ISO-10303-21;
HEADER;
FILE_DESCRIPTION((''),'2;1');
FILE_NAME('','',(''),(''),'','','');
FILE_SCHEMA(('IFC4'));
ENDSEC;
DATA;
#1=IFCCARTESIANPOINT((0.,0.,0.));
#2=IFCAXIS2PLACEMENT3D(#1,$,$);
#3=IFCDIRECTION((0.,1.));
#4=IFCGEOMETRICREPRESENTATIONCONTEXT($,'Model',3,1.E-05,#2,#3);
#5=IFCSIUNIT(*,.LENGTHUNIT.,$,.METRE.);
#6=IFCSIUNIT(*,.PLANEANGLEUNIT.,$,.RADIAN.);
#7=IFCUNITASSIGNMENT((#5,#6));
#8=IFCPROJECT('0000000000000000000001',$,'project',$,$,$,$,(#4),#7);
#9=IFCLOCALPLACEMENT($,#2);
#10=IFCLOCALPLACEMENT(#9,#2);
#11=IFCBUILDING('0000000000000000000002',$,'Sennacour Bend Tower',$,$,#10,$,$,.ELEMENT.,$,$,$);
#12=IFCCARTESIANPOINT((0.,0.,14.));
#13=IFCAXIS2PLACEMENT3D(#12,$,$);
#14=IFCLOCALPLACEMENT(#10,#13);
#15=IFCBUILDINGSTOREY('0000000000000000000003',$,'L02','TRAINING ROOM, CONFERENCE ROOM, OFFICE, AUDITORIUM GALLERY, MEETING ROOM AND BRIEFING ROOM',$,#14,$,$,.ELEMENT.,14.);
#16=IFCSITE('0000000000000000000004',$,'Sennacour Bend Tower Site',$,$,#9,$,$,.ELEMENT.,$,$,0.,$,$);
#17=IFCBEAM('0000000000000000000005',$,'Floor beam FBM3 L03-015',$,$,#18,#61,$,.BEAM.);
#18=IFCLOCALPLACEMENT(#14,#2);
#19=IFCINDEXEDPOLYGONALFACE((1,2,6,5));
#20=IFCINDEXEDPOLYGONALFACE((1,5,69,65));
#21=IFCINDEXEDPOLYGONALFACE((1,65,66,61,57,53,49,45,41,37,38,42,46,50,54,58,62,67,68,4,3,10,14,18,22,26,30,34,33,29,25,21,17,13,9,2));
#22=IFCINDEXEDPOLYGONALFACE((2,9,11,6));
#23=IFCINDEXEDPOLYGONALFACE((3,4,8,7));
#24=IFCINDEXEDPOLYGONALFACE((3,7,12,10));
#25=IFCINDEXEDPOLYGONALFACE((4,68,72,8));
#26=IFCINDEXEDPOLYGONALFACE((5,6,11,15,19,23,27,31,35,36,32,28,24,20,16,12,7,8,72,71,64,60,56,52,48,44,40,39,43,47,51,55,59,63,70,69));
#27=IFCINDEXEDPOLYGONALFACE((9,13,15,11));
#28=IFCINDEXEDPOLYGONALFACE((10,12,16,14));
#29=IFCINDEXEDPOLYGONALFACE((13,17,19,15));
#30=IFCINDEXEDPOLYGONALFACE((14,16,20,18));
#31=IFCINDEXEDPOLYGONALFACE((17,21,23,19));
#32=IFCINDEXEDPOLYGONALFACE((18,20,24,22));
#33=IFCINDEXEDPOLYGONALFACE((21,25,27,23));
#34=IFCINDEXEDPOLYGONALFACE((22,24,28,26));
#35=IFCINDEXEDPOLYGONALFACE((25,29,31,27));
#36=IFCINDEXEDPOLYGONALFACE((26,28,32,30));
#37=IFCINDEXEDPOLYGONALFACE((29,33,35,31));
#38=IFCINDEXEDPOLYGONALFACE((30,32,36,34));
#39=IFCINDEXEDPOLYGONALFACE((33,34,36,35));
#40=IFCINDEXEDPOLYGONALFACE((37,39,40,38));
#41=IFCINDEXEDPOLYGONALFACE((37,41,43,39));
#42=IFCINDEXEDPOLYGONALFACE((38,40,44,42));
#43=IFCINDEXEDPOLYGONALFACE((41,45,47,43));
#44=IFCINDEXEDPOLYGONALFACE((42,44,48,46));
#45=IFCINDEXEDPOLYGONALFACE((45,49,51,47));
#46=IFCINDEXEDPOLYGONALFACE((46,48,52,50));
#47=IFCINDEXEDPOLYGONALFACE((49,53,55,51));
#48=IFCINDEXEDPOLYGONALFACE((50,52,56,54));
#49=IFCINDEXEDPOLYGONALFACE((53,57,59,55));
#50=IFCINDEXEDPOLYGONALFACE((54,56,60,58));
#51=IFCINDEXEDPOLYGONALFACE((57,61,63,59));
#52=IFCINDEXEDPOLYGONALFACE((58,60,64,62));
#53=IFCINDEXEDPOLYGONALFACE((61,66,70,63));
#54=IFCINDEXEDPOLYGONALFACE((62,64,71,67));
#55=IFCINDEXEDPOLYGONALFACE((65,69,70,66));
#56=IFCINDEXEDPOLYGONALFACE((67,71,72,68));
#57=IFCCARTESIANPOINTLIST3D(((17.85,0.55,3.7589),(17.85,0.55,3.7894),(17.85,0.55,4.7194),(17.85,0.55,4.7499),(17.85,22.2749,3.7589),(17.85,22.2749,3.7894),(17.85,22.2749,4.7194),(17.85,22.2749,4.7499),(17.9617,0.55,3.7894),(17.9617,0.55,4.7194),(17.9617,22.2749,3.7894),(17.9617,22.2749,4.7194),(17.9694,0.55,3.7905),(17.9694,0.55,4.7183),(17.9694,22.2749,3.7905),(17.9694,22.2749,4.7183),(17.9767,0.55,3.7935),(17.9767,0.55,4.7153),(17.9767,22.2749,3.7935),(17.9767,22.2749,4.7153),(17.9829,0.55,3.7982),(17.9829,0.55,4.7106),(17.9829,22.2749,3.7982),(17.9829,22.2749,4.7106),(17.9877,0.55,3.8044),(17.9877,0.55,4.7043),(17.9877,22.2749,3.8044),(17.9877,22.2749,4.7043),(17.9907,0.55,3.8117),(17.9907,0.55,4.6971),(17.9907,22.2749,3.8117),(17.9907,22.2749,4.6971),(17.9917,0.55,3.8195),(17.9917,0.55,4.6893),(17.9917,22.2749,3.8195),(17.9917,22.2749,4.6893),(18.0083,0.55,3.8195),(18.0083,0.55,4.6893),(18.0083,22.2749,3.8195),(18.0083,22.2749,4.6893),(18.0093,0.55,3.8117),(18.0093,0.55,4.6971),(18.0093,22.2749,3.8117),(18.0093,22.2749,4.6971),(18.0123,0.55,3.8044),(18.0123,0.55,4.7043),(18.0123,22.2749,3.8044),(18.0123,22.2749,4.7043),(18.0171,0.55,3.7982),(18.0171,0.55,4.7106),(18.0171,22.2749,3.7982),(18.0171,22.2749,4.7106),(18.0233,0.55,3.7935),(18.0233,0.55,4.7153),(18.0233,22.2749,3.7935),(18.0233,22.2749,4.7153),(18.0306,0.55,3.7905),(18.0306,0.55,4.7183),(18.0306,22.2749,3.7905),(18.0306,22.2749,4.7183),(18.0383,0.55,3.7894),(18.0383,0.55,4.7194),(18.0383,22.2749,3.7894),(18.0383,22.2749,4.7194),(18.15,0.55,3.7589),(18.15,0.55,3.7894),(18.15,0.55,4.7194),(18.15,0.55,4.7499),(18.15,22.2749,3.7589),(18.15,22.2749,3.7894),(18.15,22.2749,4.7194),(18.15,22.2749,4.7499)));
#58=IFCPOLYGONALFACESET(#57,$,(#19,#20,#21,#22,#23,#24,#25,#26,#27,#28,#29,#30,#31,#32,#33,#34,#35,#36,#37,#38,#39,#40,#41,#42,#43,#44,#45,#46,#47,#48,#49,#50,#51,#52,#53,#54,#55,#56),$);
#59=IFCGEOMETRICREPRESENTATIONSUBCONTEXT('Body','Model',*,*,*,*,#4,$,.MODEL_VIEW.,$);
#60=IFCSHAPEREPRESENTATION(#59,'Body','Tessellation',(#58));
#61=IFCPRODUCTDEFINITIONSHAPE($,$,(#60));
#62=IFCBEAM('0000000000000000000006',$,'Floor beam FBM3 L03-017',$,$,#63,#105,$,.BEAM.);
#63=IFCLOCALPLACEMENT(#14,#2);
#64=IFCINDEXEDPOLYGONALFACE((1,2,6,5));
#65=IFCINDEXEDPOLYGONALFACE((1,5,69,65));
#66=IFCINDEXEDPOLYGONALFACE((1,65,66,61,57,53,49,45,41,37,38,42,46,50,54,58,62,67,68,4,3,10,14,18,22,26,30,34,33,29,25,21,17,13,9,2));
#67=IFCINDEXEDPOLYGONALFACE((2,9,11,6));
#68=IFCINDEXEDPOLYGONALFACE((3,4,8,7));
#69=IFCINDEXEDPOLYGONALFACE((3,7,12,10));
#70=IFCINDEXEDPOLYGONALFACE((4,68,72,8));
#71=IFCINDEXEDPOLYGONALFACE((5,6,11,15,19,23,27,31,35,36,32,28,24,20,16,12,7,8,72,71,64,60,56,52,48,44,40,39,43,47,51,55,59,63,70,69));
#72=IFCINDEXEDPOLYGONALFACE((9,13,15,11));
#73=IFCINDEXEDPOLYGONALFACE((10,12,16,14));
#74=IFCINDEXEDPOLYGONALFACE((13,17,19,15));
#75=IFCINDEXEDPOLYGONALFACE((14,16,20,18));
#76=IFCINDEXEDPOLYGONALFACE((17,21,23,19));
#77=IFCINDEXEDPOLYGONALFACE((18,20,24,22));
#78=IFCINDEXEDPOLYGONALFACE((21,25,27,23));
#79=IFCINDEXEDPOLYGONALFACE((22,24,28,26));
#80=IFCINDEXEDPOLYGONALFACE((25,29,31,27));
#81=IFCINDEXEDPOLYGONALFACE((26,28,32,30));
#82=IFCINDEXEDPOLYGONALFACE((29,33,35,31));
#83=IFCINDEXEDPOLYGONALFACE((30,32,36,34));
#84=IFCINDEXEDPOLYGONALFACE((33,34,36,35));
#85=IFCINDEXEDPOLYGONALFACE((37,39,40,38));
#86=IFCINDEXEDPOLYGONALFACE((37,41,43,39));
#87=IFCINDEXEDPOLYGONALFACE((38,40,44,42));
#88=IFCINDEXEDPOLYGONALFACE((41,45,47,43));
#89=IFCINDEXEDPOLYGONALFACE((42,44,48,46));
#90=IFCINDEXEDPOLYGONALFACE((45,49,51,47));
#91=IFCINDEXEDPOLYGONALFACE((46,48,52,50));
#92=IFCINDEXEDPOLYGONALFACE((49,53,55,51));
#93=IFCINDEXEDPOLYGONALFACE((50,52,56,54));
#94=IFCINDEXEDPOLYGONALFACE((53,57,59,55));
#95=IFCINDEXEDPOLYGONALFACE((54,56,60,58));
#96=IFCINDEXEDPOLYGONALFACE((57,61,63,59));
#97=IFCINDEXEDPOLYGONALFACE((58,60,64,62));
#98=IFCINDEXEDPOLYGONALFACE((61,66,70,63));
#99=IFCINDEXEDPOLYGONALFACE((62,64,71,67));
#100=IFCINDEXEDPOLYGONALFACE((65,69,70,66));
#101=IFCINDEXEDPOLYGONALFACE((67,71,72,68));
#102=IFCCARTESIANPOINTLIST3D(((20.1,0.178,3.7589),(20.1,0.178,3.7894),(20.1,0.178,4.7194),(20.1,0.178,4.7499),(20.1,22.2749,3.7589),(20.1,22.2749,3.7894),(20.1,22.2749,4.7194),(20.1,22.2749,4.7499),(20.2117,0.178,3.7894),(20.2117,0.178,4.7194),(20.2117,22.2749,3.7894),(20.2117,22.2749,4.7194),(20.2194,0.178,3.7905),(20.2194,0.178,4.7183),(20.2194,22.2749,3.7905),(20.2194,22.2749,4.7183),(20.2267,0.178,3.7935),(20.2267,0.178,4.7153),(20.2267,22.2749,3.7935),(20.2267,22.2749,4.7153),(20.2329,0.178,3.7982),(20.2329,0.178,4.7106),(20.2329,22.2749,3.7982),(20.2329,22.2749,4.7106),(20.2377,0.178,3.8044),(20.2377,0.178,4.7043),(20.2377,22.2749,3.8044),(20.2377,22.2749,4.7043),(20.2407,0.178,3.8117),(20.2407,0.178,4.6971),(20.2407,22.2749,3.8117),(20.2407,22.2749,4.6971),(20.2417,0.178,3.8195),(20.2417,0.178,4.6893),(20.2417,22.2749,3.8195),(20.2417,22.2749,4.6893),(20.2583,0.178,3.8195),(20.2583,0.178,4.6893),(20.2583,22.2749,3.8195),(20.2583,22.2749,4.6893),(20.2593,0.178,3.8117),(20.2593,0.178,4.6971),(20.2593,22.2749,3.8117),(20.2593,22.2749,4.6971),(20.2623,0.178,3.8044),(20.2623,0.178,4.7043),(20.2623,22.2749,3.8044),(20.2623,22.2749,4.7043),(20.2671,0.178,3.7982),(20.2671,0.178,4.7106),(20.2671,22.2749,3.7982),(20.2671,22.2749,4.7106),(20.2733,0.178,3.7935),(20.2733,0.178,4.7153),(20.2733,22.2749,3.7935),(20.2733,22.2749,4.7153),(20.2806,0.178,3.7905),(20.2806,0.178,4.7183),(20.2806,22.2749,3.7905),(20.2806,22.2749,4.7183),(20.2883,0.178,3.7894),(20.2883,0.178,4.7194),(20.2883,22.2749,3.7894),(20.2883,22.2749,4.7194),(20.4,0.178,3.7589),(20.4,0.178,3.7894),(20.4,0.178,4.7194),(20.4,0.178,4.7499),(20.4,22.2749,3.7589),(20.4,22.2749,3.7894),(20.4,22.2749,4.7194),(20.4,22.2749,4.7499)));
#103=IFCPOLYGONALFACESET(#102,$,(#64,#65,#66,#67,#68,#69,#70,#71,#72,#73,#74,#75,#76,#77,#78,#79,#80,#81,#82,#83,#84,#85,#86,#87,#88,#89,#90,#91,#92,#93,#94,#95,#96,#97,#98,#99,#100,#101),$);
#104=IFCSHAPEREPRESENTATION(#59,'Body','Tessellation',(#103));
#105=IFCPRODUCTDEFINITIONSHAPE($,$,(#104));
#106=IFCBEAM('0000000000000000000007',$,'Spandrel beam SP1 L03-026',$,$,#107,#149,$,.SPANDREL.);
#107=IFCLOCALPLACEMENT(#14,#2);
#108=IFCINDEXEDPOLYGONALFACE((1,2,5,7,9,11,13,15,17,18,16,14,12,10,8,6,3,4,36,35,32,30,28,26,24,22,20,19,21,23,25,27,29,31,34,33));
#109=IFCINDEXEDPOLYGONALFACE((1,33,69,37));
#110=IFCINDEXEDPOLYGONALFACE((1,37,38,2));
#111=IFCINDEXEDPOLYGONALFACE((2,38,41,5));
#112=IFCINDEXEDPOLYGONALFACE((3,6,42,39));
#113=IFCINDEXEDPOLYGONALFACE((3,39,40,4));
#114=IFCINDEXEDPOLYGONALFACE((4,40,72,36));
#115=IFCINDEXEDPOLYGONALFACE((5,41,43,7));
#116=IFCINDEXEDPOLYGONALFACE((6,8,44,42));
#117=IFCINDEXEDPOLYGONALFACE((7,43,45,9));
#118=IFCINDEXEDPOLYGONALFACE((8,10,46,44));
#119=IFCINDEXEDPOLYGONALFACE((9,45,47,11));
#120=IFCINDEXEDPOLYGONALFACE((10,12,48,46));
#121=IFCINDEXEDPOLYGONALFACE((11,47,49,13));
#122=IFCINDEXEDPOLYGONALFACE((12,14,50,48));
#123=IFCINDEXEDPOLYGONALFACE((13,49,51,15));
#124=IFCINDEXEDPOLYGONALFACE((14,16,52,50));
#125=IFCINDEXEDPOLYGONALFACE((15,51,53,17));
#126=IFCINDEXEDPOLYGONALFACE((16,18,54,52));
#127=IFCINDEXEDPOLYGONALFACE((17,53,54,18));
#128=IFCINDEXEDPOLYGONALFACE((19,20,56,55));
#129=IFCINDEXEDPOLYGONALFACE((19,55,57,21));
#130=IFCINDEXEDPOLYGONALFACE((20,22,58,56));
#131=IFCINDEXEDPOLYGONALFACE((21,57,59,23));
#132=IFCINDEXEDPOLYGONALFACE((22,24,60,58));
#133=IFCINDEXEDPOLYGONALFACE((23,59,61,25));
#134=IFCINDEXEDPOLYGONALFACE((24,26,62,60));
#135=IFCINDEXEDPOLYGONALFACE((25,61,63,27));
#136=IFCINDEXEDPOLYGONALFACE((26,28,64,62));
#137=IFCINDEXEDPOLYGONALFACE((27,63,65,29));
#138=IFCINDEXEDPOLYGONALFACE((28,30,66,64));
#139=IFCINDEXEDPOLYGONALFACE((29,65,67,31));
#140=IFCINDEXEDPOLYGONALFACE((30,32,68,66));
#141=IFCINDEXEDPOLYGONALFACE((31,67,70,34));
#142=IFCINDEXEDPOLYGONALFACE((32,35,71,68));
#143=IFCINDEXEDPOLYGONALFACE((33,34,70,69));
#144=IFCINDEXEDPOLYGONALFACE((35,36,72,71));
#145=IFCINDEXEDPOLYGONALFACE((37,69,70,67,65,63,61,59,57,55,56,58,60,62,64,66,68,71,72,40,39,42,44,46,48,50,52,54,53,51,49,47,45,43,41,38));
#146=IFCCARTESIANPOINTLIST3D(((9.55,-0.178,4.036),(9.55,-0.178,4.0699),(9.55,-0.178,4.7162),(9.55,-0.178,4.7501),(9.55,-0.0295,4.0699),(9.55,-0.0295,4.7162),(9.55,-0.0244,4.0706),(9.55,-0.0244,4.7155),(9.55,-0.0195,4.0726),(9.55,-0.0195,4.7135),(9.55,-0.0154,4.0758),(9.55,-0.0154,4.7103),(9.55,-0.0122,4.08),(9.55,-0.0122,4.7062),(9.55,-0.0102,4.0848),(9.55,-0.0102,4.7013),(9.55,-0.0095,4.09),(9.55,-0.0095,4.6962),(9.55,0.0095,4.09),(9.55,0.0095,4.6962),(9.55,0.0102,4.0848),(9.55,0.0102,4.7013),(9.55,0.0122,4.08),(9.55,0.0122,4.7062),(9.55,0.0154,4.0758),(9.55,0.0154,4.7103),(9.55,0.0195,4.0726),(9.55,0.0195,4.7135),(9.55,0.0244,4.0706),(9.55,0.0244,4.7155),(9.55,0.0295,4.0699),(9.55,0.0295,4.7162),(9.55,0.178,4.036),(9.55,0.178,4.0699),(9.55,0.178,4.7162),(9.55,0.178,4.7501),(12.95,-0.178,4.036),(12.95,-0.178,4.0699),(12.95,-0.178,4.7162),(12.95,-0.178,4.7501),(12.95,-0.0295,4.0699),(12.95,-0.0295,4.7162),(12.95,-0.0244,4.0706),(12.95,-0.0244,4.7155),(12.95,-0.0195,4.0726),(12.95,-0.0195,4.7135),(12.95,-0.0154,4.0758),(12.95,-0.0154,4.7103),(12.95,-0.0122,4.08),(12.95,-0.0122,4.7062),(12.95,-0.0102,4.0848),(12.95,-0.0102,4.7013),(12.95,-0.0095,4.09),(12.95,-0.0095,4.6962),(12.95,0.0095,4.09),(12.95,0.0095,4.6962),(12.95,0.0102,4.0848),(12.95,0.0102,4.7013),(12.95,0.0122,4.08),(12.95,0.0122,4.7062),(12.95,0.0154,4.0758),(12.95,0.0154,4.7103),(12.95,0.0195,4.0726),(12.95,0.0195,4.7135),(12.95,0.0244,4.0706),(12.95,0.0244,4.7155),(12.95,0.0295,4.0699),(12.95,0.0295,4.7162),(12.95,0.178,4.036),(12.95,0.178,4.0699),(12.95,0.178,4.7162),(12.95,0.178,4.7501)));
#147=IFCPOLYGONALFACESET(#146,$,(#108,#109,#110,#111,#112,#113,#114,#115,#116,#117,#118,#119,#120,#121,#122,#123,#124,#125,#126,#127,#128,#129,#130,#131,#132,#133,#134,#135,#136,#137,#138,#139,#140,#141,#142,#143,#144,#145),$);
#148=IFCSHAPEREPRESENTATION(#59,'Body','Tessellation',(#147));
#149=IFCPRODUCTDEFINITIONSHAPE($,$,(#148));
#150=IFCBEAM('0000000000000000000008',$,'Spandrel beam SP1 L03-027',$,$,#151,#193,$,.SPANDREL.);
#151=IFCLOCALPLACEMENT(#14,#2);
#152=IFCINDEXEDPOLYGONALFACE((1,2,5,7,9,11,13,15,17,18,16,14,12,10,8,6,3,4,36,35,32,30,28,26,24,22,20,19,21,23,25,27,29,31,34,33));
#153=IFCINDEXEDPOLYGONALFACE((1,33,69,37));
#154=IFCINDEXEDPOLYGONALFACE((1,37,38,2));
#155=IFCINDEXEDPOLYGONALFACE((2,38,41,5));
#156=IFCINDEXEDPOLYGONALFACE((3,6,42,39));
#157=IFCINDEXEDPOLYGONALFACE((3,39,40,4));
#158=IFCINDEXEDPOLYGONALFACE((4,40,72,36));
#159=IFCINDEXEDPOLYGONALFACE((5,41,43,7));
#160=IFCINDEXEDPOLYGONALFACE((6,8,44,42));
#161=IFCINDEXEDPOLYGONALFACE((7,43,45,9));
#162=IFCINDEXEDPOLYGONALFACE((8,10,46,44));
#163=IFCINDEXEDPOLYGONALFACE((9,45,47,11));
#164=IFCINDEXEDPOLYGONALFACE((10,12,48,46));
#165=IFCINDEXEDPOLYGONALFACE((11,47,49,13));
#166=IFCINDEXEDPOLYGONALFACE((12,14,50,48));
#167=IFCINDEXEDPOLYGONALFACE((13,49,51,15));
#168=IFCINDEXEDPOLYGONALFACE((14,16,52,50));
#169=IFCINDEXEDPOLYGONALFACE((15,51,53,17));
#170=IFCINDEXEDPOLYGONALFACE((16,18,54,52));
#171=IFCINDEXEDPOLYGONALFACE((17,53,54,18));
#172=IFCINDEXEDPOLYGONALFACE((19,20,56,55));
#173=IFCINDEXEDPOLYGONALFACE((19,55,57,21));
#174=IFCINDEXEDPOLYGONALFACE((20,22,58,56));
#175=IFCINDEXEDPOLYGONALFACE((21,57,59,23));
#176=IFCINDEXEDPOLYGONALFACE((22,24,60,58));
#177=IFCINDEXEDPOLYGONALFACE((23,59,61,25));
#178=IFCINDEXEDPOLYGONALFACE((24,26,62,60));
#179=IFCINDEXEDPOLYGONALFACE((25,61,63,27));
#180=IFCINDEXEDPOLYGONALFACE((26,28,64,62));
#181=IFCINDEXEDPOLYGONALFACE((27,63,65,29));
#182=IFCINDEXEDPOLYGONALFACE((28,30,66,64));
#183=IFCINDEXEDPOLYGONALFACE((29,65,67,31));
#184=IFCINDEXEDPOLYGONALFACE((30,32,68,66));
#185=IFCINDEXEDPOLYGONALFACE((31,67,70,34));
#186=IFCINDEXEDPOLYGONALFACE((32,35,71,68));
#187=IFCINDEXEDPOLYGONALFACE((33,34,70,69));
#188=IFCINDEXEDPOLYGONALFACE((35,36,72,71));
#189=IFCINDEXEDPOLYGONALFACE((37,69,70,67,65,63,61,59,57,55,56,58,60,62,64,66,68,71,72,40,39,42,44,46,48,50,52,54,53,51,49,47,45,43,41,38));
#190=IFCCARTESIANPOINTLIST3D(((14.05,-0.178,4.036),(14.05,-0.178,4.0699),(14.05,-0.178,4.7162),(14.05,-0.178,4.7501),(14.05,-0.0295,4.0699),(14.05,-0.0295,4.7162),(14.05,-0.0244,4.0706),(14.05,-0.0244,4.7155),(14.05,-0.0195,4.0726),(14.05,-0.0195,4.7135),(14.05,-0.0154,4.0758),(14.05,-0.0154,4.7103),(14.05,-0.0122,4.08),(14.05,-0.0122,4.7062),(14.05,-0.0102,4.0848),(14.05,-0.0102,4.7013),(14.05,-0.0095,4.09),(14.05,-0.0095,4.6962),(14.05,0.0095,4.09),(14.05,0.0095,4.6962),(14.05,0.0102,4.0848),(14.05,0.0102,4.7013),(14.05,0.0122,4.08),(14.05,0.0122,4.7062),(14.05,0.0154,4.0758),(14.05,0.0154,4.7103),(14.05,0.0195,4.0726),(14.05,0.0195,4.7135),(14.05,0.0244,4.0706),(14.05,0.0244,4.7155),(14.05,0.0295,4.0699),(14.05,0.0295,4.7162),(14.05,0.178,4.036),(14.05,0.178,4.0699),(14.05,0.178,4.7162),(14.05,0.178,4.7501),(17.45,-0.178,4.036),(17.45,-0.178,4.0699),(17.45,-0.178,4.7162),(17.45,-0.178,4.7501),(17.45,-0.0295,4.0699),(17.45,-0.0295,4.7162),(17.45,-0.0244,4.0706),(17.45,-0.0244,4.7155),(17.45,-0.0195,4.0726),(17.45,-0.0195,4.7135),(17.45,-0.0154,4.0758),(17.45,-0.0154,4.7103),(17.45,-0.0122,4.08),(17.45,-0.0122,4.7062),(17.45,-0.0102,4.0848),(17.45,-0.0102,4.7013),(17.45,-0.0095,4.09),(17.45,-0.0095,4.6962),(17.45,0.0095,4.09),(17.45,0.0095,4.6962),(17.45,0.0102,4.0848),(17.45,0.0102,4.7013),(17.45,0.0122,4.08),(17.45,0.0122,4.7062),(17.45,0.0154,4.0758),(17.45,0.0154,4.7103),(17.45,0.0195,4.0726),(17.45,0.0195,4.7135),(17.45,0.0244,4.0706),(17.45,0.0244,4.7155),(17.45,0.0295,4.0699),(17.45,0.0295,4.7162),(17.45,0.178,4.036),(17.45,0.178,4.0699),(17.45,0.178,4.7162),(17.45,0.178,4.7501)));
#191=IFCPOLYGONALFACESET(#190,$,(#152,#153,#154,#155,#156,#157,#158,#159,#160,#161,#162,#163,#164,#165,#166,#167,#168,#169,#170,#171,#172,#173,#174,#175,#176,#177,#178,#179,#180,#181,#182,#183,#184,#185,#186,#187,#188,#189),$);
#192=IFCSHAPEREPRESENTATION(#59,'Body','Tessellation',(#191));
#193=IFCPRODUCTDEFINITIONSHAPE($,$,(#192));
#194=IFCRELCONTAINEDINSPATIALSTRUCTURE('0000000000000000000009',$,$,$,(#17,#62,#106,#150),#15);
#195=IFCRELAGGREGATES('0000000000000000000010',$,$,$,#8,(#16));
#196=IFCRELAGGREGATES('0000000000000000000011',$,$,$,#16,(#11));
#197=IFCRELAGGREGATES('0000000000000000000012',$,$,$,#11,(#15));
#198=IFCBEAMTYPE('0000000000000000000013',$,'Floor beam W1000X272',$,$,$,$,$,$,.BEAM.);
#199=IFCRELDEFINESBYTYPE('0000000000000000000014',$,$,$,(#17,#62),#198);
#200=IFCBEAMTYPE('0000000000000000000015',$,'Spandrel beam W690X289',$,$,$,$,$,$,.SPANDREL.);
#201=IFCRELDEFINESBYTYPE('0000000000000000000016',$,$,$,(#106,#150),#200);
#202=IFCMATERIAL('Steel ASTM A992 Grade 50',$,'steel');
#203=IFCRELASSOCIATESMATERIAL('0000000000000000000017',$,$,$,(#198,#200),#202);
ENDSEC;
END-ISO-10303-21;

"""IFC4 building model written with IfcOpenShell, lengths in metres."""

from ifc_helpers import new_model, si_unit, direction, frame, origin, origin_2d, place, context, subcontext, project, spatial, i_section, extrude, material, material_profile, profile_set, type_object, element, save


model = new_model("IFC4")

# Units and contexts
model_context = context("Model", 3, precision=1e-05, world=origin(), true_north=direction((0.0, 1.0)))
body_context = subcontext(model_context, "Body", "Model", "MODEL_VIEW")
ifc_project = project(units=[si_unit("LENGTHUNIT", "METRE"), si_unit("PLANEANGLEUNIT", "RADIAN")], contexts=[model_context])

# Site, building, storey
site_placement = place(None, origin())
site = spatial("IfcSite", under=ifc_project, at=site_placement, Name="Sennacour Bend Tower Site", CompositionType="ELEMENT", RefElevation=0.0)
building_placement = place(site_placement, origin())
building = spatial("IfcBuilding", under=site, at=building_placement, Name="Sennacour Bend Tower", CompositionType="ELEMENT")
storey_placement = place(building_placement, frame((0.0, 0.0, 14.0)))
storey = spatial("IfcBuildingStorey", under=building, at=storey_placement, Name="L02", Description="TRAINING ROOM, CONFERENCE ROOM, OFFICE, AUDITORIUM GALLERY, MEETING ROOM AND BRIEFING ROOM", CompositionType="ELEMENT", Elevation=14.0)

# Beams
ifc_material_1 = material(Name="Steel ASTM A992 Grade 50", Category="steel")
ifc_material_profile_1 = material_profile(ifc_material_1, i_section(OverallWidth=0.3, OverallDepth=0.991, WebThickness=0.0166, FlangeThickness=0.0305, FilletRadius=0.03, at=origin_2d()), Name="Steel ASTM A992 Grade 50", Category="steel")
ifc_profile_set_1 = profile_set([ifc_material_profile_1], Name="Steel ASTM A992 Grade 50")
beam_type_1 = type_object("IfcBeamType", Name="Floor beam W1000X272", PredefinedType="BEAM", material=ifc_profile_set_1)
beam_1_placement = place(storey_placement, frame((18.0, 0.55, 4.2544), z_axis=(0.0, 1.0, 0.0), x_axis=(-1.0, 0.0, 0.0)))
element("IfcBeam", 1, at=beam_1_placement, inside=storey, type_object=beam_type_1, Name="Floor beam FBM3 L03-015", PredefinedType="BEAM", context=body_context, shape_type="SweptSolid", body=[
    extrude(i_section(OverallWidth=0.3, OverallDepth=0.991, WebThickness=0.0166, FlangeThickness=0.0305, FilletRadius=0.03, at=origin_2d()), origin(), (0.0, 0.0, 1.0), 21.7249),
])
beam_2_placement = place(storey_placement, frame((20.25, 0.178, 4.2544), z_axis=(0.0, 1.0, 0.0), x_axis=(-1.0, 0.0, 0.0)))
element("IfcBeam", 2, at=beam_2_placement, inside=storey, type_object=beam_type_1, Name="Floor beam FBM3 L03-017", PredefinedType="BEAM", context=body_context, shape_type="SweptSolid", body=[
    extrude(i_section(OverallWidth=0.3, OverallDepth=0.991, WebThickness=0.0166, FlangeThickness=0.0305, FilletRadius=0.03, at=origin_2d()), origin(), (0.0, 0.0, 1.0), 22.0969),
])
ifc_material_profile_2 = material_profile(ifc_material_1, i_section(OverallWidth=0.356, OverallDepth=0.7141, WebThickness=0.019, FlangeThickness=0.0339, FilletRadius=0.02, at=origin_2d()), Name="Steel ASTM A992 Grade 50", Category="steel")
ifc_profile_set_2 = profile_set([ifc_material_profile_2], Name="Steel ASTM A992 Grade 50")
beam_type_2 = type_object("IfcBeamType", Name="Spandrel beam W690X289", PredefinedType="SPANDREL", material=ifc_profile_set_2)
for number, where, z_axis, x_axis, name in (
    (3, (9.55, 0.0, 4.3931), (1.0, 0.0, 0.0), (0.0, 1.0, 0.0), "Spandrel beam SP1 L03-026"),
    (4, (14.05, 0.0, 4.3931), (1.0, 0.0, 0.0), (0.0, 1.0, 0.0), "Spandrel beam SP1 L03-027"),
):
    element("IfcBeam", number, at=place(storey_placement, frame(where, z_axis=z_axis, x_axis=x_axis)), inside=storey, type_object=beam_type_2, Name=name, PredefinedType="SPANDREL", context=body_context, shape_type="SweptSolid", body=[
        extrude(i_section(OverallWidth=0.356, OverallDepth=0.7141, WebThickness=0.019, FlangeThickness=0.0339, FilletRadius=0.02, at=origin_2d()), origin(), (0.0, 0.0, 1.0), 3.3999),
    ])

save(model, "model.ifc")
